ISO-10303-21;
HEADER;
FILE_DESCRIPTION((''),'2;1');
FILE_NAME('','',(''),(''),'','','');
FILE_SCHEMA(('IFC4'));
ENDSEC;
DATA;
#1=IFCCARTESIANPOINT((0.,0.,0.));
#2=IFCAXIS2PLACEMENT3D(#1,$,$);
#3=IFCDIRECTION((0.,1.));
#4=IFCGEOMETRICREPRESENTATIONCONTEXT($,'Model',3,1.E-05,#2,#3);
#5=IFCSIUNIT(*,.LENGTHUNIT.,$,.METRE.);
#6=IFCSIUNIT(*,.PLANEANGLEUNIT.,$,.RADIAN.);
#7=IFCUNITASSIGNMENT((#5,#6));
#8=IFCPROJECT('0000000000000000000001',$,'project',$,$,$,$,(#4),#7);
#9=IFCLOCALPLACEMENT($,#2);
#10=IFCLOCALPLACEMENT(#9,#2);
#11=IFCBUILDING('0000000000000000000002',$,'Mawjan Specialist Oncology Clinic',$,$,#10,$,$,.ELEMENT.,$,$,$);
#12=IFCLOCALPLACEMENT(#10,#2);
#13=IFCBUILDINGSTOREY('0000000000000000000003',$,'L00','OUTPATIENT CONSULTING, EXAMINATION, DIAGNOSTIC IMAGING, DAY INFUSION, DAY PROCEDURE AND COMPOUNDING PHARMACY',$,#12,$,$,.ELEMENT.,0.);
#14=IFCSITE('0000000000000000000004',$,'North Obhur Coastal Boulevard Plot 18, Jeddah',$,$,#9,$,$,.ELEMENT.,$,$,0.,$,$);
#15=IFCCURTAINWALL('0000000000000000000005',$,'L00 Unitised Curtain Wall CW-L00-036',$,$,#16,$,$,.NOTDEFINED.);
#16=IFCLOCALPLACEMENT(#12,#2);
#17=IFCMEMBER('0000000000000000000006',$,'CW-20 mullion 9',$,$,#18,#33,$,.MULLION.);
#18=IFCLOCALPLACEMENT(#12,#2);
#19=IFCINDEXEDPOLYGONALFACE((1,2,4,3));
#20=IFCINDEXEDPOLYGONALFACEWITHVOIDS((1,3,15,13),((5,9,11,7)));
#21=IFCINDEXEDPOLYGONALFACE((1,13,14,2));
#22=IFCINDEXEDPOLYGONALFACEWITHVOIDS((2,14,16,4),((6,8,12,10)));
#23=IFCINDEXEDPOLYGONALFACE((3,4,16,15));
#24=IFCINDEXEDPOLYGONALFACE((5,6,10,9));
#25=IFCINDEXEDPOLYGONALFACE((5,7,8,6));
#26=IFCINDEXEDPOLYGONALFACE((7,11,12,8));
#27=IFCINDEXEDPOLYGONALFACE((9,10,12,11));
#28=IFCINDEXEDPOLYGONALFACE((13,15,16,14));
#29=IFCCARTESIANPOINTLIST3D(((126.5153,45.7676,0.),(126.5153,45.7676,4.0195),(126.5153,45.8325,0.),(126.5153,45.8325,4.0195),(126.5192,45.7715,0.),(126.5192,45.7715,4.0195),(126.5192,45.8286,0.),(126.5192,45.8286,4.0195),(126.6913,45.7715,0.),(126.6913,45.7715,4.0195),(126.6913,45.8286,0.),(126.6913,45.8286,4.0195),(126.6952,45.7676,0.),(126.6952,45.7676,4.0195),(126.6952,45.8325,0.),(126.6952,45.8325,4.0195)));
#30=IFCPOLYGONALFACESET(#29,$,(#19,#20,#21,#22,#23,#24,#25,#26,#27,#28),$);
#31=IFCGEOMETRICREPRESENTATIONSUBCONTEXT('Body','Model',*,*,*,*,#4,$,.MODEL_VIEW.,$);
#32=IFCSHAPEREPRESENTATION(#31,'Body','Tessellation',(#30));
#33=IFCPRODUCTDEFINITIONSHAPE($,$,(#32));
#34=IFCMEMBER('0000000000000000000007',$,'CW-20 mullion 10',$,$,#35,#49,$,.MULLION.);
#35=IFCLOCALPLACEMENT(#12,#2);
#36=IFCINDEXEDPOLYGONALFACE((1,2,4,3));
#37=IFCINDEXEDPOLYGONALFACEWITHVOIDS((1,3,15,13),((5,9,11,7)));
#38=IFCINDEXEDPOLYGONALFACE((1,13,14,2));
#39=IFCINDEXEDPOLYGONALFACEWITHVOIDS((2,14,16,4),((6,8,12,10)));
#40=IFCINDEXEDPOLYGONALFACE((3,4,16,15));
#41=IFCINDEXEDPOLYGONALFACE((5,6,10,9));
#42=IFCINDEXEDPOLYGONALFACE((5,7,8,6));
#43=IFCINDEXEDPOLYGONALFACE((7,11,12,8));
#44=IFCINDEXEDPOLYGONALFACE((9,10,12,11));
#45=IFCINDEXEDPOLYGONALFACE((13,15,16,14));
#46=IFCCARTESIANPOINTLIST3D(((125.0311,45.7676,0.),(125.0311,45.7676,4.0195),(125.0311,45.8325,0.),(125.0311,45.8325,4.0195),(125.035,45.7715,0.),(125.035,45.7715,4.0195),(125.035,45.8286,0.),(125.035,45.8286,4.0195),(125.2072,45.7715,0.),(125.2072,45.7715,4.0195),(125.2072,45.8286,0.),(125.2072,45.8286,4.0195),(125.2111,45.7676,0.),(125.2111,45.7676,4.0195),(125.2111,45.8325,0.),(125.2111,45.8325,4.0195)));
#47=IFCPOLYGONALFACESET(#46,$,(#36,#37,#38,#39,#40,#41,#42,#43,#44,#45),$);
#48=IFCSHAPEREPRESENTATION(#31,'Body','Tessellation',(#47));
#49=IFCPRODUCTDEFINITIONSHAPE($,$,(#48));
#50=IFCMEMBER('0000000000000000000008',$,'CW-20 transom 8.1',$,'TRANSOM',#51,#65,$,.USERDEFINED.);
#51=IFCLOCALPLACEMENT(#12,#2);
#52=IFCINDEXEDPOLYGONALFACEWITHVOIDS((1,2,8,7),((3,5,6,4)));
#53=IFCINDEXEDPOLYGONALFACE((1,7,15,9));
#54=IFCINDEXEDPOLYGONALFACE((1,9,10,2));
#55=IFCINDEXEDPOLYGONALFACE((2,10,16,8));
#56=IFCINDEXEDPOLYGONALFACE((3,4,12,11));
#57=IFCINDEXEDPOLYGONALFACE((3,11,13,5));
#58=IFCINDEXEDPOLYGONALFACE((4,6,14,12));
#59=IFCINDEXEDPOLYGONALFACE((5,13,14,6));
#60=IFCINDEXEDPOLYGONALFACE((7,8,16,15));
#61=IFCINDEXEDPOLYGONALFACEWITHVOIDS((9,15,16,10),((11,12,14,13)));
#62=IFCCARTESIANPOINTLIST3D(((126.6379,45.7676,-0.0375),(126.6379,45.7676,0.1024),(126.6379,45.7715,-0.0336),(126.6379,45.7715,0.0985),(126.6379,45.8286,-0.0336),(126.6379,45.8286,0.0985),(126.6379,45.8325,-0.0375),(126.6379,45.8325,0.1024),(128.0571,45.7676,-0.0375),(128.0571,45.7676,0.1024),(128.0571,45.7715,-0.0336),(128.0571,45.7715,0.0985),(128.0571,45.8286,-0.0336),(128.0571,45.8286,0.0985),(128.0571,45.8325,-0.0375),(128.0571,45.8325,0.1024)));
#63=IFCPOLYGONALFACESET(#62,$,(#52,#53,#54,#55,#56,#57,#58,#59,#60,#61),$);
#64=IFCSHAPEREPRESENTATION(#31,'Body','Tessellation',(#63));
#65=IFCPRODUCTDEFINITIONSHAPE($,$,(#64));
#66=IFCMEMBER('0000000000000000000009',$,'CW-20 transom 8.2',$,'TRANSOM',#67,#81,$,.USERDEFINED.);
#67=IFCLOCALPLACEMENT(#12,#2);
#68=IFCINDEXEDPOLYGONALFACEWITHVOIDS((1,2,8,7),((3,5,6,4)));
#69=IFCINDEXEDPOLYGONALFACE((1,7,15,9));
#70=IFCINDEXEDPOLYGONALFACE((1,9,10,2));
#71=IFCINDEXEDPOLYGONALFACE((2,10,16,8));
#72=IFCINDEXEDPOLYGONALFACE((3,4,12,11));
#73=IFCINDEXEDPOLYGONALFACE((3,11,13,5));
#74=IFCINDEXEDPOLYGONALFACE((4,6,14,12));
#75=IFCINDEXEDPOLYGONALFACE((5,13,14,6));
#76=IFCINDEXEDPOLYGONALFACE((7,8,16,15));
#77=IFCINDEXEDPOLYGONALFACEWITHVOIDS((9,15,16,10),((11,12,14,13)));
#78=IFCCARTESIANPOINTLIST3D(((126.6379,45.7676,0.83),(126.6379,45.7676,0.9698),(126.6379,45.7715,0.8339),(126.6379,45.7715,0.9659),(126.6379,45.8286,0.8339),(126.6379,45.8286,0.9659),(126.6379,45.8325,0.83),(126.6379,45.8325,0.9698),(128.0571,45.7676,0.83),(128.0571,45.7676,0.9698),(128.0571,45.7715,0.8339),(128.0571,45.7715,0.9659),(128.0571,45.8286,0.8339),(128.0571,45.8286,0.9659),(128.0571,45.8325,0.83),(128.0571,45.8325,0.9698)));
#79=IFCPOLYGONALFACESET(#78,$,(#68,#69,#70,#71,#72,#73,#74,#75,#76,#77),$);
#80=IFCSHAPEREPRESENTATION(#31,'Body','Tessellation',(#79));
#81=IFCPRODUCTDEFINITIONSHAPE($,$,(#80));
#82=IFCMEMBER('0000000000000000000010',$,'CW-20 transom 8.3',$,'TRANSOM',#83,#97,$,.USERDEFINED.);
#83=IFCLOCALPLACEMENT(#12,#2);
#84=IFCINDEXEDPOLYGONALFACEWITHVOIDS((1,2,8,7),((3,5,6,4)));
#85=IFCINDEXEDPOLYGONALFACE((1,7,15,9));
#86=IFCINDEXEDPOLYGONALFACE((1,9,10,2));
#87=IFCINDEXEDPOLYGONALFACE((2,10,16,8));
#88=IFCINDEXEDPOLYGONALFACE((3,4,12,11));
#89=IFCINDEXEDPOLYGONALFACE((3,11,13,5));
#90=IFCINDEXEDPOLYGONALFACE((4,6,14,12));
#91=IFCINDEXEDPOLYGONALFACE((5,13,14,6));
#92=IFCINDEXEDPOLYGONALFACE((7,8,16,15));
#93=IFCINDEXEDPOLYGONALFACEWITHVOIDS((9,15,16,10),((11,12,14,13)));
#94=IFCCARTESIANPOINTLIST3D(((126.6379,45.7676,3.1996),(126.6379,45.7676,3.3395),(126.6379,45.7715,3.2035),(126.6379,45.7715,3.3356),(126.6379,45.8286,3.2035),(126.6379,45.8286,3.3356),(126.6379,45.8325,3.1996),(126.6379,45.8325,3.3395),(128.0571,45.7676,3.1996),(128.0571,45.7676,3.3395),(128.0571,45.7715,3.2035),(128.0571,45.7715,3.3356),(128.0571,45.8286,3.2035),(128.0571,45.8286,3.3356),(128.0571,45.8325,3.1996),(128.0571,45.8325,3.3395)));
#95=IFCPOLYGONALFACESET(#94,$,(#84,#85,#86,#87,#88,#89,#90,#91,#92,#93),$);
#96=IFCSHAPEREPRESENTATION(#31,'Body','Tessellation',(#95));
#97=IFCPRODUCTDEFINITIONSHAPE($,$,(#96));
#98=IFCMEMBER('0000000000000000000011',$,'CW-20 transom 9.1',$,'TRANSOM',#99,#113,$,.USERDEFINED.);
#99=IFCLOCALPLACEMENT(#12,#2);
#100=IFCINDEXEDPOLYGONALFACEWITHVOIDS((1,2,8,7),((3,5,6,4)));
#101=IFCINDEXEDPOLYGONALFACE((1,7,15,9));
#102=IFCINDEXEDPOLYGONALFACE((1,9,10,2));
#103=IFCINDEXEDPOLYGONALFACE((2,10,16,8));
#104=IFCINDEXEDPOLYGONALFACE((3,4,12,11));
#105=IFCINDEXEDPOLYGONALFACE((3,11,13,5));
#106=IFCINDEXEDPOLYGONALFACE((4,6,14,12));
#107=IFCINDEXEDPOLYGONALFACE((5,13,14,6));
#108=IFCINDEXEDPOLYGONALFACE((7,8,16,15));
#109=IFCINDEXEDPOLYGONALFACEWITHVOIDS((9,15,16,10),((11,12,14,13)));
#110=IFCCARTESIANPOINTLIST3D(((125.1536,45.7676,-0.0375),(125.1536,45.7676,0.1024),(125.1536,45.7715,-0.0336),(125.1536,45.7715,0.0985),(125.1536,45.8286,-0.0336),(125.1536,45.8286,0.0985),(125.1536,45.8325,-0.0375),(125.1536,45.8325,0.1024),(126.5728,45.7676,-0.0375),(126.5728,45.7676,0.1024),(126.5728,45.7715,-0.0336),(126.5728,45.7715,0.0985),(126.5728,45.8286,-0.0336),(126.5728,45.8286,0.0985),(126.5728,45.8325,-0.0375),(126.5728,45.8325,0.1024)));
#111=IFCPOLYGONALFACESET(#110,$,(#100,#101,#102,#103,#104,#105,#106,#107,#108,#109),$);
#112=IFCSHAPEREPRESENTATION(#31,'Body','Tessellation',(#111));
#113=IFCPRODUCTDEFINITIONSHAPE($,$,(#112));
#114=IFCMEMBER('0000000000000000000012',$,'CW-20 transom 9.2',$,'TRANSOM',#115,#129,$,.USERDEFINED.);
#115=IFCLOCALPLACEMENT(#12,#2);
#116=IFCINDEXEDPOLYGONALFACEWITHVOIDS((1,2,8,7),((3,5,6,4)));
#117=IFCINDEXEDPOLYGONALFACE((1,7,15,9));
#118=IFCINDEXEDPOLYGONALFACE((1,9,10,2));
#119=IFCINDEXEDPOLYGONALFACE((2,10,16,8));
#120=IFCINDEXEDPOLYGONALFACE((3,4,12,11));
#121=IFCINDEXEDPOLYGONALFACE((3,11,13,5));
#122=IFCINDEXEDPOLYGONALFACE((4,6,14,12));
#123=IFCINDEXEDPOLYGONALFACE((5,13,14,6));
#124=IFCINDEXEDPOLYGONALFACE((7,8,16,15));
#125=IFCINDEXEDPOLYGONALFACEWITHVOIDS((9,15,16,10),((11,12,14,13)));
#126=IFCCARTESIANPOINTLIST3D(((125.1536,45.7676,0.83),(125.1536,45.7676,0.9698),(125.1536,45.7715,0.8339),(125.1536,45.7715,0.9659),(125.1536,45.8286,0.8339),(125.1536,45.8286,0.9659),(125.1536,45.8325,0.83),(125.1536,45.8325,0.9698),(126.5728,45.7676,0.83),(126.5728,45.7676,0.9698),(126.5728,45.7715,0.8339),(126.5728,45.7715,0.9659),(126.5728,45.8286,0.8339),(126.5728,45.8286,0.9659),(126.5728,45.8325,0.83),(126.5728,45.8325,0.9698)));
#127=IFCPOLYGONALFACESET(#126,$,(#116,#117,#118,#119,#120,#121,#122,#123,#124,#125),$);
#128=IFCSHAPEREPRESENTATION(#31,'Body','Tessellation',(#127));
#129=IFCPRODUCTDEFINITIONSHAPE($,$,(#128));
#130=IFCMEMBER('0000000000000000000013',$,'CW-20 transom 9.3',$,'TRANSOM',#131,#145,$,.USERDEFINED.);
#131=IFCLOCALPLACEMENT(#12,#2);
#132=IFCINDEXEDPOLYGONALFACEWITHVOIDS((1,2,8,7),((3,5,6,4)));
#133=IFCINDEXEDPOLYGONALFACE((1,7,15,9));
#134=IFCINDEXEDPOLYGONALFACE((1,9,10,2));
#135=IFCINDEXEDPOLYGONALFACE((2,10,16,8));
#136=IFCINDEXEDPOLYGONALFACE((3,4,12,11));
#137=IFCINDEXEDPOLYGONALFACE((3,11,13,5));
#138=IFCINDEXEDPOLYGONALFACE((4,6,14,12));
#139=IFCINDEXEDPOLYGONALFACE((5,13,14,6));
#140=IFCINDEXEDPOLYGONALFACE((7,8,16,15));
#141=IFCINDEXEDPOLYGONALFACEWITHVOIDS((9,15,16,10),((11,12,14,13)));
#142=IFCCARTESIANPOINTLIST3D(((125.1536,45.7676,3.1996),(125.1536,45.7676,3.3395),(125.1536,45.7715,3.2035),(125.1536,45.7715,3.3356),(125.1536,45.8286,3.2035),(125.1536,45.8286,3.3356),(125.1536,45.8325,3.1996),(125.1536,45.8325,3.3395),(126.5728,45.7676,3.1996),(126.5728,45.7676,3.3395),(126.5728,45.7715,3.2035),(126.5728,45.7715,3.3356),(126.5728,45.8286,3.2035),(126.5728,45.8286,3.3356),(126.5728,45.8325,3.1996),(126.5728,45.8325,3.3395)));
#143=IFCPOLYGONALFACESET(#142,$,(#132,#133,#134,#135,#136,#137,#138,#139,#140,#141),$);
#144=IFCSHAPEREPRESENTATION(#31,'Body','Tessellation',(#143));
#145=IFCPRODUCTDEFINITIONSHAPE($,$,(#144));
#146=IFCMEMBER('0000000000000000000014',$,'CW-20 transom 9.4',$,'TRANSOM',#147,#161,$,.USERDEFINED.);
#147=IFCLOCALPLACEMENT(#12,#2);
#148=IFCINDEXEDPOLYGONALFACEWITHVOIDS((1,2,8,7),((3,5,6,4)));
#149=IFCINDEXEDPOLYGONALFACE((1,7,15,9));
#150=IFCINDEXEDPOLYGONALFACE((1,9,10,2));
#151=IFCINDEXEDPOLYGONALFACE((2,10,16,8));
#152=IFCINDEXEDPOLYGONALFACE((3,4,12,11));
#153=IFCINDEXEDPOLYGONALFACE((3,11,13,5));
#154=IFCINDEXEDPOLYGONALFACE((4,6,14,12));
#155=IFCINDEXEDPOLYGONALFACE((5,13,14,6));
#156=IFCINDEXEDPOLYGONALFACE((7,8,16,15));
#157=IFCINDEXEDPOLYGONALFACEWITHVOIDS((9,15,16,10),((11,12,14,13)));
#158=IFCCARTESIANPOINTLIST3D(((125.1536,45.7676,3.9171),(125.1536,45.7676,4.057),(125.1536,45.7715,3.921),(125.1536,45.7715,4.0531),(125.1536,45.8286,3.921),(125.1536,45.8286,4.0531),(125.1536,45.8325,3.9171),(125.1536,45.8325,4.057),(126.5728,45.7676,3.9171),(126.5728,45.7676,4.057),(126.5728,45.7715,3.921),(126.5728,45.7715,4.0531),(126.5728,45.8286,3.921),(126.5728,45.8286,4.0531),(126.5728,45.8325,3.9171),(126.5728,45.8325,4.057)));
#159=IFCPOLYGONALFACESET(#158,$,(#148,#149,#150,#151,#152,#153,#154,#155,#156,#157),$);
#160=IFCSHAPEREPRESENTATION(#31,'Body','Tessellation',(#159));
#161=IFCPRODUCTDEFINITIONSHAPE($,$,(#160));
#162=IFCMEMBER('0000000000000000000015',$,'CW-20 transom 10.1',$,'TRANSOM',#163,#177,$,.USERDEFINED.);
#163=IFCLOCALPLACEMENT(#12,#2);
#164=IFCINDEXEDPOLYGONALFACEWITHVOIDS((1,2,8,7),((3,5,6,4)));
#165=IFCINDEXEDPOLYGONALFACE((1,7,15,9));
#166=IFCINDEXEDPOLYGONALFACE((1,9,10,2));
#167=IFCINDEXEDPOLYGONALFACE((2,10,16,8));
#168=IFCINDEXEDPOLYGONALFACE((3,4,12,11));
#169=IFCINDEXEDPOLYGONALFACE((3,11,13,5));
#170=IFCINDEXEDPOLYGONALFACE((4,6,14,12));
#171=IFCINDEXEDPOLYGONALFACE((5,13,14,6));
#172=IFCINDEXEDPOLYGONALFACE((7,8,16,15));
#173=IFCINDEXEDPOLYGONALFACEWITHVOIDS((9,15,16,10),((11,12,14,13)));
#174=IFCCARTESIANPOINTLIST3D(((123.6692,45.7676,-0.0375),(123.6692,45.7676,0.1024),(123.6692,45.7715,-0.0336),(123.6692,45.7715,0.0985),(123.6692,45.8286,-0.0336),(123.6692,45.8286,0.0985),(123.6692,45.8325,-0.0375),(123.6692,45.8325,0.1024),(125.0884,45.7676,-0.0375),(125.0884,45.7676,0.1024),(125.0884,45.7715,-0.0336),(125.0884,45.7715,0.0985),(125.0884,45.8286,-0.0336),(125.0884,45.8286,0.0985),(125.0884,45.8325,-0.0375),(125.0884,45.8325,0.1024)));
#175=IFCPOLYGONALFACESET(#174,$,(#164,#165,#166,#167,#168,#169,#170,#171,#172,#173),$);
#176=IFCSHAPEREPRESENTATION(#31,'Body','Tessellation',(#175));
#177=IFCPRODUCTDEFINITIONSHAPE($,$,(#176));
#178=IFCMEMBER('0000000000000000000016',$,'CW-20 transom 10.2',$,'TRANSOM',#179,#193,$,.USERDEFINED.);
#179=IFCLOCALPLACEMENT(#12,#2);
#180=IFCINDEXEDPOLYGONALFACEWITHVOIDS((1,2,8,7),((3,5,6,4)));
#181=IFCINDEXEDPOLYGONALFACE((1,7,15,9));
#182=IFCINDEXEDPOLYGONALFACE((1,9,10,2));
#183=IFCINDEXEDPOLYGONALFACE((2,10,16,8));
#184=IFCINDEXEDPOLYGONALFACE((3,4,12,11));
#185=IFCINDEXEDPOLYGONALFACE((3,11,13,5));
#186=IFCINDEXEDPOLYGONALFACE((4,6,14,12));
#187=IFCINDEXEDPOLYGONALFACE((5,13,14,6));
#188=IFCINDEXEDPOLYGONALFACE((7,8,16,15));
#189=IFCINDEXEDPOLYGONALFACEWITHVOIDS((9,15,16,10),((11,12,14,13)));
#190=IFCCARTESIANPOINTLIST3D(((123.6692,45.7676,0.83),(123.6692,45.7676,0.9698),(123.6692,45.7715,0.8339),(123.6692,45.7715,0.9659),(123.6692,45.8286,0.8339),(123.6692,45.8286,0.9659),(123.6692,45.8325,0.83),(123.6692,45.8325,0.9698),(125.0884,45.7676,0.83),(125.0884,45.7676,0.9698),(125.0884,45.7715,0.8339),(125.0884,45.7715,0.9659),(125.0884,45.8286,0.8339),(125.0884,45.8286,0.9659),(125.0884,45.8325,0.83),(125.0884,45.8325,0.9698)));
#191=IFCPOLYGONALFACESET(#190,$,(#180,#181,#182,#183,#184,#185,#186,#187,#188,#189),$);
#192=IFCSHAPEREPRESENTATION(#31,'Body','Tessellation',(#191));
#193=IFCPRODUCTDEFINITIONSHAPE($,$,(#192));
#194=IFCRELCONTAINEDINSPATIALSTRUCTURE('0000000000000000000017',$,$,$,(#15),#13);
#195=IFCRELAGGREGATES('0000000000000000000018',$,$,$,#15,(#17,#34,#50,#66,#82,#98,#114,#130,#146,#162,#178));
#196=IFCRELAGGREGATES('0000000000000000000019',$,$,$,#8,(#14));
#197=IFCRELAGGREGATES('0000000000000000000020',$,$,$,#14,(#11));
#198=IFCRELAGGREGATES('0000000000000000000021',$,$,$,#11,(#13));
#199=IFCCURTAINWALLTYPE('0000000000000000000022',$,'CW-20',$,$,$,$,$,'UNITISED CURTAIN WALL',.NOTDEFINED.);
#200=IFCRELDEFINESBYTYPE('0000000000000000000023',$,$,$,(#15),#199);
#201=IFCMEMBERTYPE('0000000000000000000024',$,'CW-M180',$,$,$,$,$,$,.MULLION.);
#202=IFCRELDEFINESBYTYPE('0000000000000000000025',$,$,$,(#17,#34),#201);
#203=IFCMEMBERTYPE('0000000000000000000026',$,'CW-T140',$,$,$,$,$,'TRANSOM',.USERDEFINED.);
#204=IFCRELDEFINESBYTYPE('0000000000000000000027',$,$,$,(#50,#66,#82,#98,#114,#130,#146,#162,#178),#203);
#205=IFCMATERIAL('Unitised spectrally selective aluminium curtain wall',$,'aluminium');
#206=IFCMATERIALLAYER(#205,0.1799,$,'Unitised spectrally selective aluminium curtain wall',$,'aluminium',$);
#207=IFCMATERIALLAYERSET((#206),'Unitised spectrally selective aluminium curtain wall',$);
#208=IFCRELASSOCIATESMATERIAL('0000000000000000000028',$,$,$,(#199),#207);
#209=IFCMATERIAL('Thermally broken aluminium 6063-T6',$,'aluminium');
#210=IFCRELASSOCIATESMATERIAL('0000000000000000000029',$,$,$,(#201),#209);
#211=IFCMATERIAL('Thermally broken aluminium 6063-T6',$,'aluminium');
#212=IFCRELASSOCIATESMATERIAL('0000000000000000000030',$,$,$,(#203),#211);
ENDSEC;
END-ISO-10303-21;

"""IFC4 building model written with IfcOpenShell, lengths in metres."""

from ifc_helpers import new_model, si_unit, direction, frame, origin, origin_2d, place, context, subcontext, project, spatial, hollow_rectangle, extrude, material, layer, layer_set, material_profile, profile_set, type_object, element, aggregate, save


model = new_model("IFC4")

# Units and contexts
model_context = context("Model", 3, precision=1e-05, world=origin(), true_north=direction((0.0, 1.0)))
body_context = subcontext(model_context, "Body", "Model", "MODEL_VIEW")
ifc_project = project(units=[si_unit("LENGTHUNIT", "METRE"), si_unit("PLANEANGLEUNIT", "RADIAN")], contexts=[model_context])

# Site, building, storey
site_placement = place(None, origin())
site = spatial("IfcSite", under=ifc_project, at=site_placement, Name="North Obhur Coastal Boulevard Plot 18, Jeddah", CompositionType="ELEMENT", RefElevation=0.0)
building_placement = place(site_placement, origin())
building = spatial("IfcBuilding", under=site, at=building_placement, Name="Mawjan Specialist Oncology Clinic", CompositionType="ELEMENT")
storey_placement = place(building_placement, origin())
storey = spatial("IfcBuildingStorey", under=building, at=storey_placement, Name="L00", Description="OUTPATIENT CONSULTING, EXAMINATION, DIAGNOSTIC IMAGING, DAY INFUSION, DAY PROCEDURE AND COMPOUNDING PHARMACY", CompositionType="ELEMENT", Elevation=0.0)

# Curtain wall, members
ifc_material_1 = material(Name="Unitised spectrally selective aluminium curtain wall", Category="aluminium")
ifc_layer_1 = layer(ifc_material_1, 0.1799, Name="Unitised spectrally selective aluminium curtain wall", Category="aluminium")
ifc_layer_set_1 = layer_set([ifc_layer_1], Name="Unitised spectrally selective aluminium curtain wall")
curtain_wall_type = type_object("IfcCurtainWallType", Name="CW-20", ElementType="UNITISED CURTAIN WALL", PredefinedType="NOTDEFINED", material=ifc_layer_set_1)
curtain_wall_placement = place(storey_placement, origin())
curtain_wall = element("IfcCurtainWall", 1, at=curtain_wall_placement, inside=storey, type_object=curtain_wall_type, Name="L00 Unitised Curtain Wall CW-L00-036", PredefinedType="NOTDEFINED")
ifc_material_2 = material(Name="Thermally broken aluminium 6063-T6", Category="aluminium")
ifc_material_profile_1 = material_profile(ifc_material_2, hollow_rectangle(XDim=0.0649, YDim=0.1799, WallThickness=0.0039, at=origin_2d()), Name="ALU MULLION 180x65x4", Category="aluminium")
ifc_profile_set_1 = profile_set([ifc_material_profile_1], Name="Thermally broken aluminium 6063-T6")
member_type_1 = type_object("IfcMemberType", Name="CW-M180", PredefinedType="MULLION", material=ifc_profile_set_1)
member_1_placement = place(storey_placement, frame((126.6052, 45.8, 0.0), z_axis=(0.0, 0.0, 1.0), x_axis=(0.0, -1.0, 0.0)))
member_1 = element("IfcMember", 2, at=member_1_placement, type_object=member_type_1, Name="CW-20 mullion 9", PredefinedType="MULLION", context=body_context, shape_type="SweptSolid", body=[
    extrude(hollow_rectangle(XDim=0.0649, YDim=0.1799, WallThickness=0.0039, at=origin_2d()), origin(), (0.0, 0.0, 1.0), 4.0195),
])
member_2_placement = place(storey_placement, frame((125.1211, 45.8, 0.0), z_axis=(0.0, 0.0, 1.0), x_axis=(0.0, -1.0, 0.0)))
member_2 = element("IfcMember", 3, at=member_2_placement, type_object=member_type_1, Name="CW-20 mullion 10", PredefinedType="MULLION", context=body_context, shape_type="SweptSolid", body=[
    extrude(hollow_rectangle(XDim=0.0649, YDim=0.1799, WallThickness=0.0039, at=origin_2d()), origin(), (0.0, 0.0, 1.0), 4.0195),
])
ifc_material_3 = material(Name="Thermally broken aluminium 6063-T6", Category="aluminium")
ifc_material_profile_2 = material_profile(ifc_material_3, hollow_rectangle(XDim=0.0649, YDim=0.1399, WallThickness=0.0039, at=origin_2d()), Name="ALU TRANSOM 140x65x4", Category="aluminium")
ifc_profile_set_2 = profile_set([ifc_material_profile_2], Name="Thermally broken aluminium 6063-T6")
member_type_2 = type_object("IfcMemberType", Name="CW-T140", ElementType="TRANSOM", PredefinedType="USERDEFINED", material=ifc_profile_set_2)
member_3_placement = place(storey_placement, frame((128.0571, 45.8, 0.0325), z_axis=(-1.0, 0.0, 0.0), x_axis=(0.0, -1.0, 0.0)))
member_3 = element("IfcMember", 4, at=member_3_placement, type_object=member_type_2, Name="CW-20 transom 8.1", ObjectType="TRANSOM", PredefinedType="USERDEFINED", context=body_context, shape_type="SweptSolid", body=[
    extrude(hollow_rectangle(XDim=0.0649, YDim=0.1399, WallThickness=0.0039, at=origin_2d()), origin(), (0.0, 0.0, 1.0), 1.4192),
])
member_4_placement = place(storey_placement, frame((128.0571, 45.8, 0.8999), z_axis=(-1.0, 0.0, 0.0), x_axis=(0.0, -1.0, 0.0)))
member_4 = element("IfcMember", 5, at=member_4_placement, type_object=member_type_2, Name="CW-20 transom 8.2", ObjectType="TRANSOM", PredefinedType="USERDEFINED", context=body_context, shape_type="SweptSolid", body=[
    extrude(hollow_rectangle(XDim=0.0649, YDim=0.1399, WallThickness=0.0039, at=origin_2d()), origin(), (0.0, 0.0, 1.0), 1.4192),
])
member_5_placement = place(storey_placement, frame((128.0571, 45.8, 3.2695), z_axis=(-1.0, 0.0, 0.0), x_axis=(0.0, -1.0, 0.0)))
member_5 = element("IfcMember", 6, at=member_5_placement, type_object=member_type_2, Name="CW-20 transom 8.3", ObjectType="TRANSOM", PredefinedType="USERDEFINED", context=body_context, shape_type="SweptSolid", body=[
    extrude(hollow_rectangle(XDim=0.0649, YDim=0.1399, WallThickness=0.0039, at=origin_2d()), origin(), (0.0, 0.0, 1.0), 1.4192),
])
member_6_placement = place(storey_placement, frame((126.5728, 45.8, 0.0325), z_axis=(-1.0, 0.0, 0.0), x_axis=(0.0, -1.0, 0.0)))
member_6 = element("IfcMember", 7, at=member_6_placement, type_object=member_type_2, Name="CW-20 transom 9.1", ObjectType="TRANSOM", PredefinedType="USERDEFINED", context=body_context, shape_type="SweptSolid", body=[
    extrude(hollow_rectangle(XDim=0.0649, YDim=0.1399, WallThickness=0.0039, at=origin_2d()), origin(), (0.0, 0.0, 1.0), 1.4192),
])
member_7_placement = place(storey_placement, frame((126.5728, 45.8, 0.8999), z_axis=(-1.0, 0.0, 0.0), x_axis=(0.0, -1.0, 0.0)))
member_7 = element("IfcMember", 8, at=member_7_placement, type_object=member_type_2, Name="CW-20 transom 9.2", ObjectType="TRANSOM", PredefinedType="USERDEFINED", context=body_context, shape_type="SweptSolid", body=[
    extrude(hollow_rectangle(XDim=0.0649, YDim=0.1399, WallThickness=0.0039, at=origin_2d()), origin(), (0.0, 0.0, 1.0), 1.4192),
])
member_8_placement = place(storey_placement, frame((126.5728, 45.8, 3.2695), z_axis=(-1.0, 0.0, 0.0), x_axis=(0.0, -1.0, 0.0)))
member_8 = element("IfcMember", 9, at=member_8_placement, type_object=member_type_2, Name="CW-20 transom 9.3", ObjectType="TRANSOM", PredefinedType="USERDEFINED", context=body_context, shape_type="SweptSolid", body=[
    extrude(hollow_rectangle(XDim=0.0649, YDim=0.1399, WallThickness=0.0039, at=origin_2d()), origin(), (0.0, 0.0, 1.0), 1.4192),
])
member_9_placement = place(storey_placement, frame((126.5728, 45.8, 3.9871), z_axis=(-1.0, 0.0, 0.0), x_axis=(0.0, -1.0, 0.0)))
member_9 = element("IfcMember", 10, at=member_9_placement, type_object=member_type_2, Name="CW-20 transom 9.4", ObjectType="TRANSOM", PredefinedType="USERDEFINED", context=body_context, shape_type="SweptSolid", body=[
    extrude(hollow_rectangle(XDim=0.0649, YDim=0.1399, WallThickness=0.0039, at=origin_2d()), origin(), (0.0, 0.0, 1.0), 1.4192),
])
member_10_placement = place(storey_placement, frame((125.0884, 45.8, 0.0325), z_axis=(-1.0, 0.0, 0.0), x_axis=(0.0, -1.0, 0.0)))
member_10 = element("IfcMember", 11, at=member_10_placement, type_object=member_type_2, Name="CW-20 transom 10.1", ObjectType="TRANSOM", PredefinedType="USERDEFINED", context=body_context, shape_type="SweptSolid", body=[
    extrude(hollow_rectangle(XDim=0.0649, YDim=0.1399, WallThickness=0.0039, at=origin_2d()), origin(), (0.0, 0.0, 1.0), 1.4192),
])
member_11_placement = place(storey_placement, frame((125.0884, 45.8, 0.8999), z_axis=(-1.0, 0.0, 0.0), x_axis=(0.0, -1.0, 0.0)))
member_11 = element("IfcMember", 12, at=member_11_placement, type_object=member_type_2, Name="CW-20 transom 10.2", ObjectType="TRANSOM", PredefinedType="USERDEFINED", context=body_context, shape_type="SweptSolid", body=[
    extrude(hollow_rectangle(XDim=0.0649, YDim=0.1399, WallThickness=0.0039, at=origin_2d()), origin(), (0.0, 0.0, 1.0), 1.4192),
])
aggregate(curtain_wall, [member_1, member_2, member_3, member_4, member_5, member_6, member_7, member_8, member_9, member_10, member_11])

save(model, "model.ifc")
